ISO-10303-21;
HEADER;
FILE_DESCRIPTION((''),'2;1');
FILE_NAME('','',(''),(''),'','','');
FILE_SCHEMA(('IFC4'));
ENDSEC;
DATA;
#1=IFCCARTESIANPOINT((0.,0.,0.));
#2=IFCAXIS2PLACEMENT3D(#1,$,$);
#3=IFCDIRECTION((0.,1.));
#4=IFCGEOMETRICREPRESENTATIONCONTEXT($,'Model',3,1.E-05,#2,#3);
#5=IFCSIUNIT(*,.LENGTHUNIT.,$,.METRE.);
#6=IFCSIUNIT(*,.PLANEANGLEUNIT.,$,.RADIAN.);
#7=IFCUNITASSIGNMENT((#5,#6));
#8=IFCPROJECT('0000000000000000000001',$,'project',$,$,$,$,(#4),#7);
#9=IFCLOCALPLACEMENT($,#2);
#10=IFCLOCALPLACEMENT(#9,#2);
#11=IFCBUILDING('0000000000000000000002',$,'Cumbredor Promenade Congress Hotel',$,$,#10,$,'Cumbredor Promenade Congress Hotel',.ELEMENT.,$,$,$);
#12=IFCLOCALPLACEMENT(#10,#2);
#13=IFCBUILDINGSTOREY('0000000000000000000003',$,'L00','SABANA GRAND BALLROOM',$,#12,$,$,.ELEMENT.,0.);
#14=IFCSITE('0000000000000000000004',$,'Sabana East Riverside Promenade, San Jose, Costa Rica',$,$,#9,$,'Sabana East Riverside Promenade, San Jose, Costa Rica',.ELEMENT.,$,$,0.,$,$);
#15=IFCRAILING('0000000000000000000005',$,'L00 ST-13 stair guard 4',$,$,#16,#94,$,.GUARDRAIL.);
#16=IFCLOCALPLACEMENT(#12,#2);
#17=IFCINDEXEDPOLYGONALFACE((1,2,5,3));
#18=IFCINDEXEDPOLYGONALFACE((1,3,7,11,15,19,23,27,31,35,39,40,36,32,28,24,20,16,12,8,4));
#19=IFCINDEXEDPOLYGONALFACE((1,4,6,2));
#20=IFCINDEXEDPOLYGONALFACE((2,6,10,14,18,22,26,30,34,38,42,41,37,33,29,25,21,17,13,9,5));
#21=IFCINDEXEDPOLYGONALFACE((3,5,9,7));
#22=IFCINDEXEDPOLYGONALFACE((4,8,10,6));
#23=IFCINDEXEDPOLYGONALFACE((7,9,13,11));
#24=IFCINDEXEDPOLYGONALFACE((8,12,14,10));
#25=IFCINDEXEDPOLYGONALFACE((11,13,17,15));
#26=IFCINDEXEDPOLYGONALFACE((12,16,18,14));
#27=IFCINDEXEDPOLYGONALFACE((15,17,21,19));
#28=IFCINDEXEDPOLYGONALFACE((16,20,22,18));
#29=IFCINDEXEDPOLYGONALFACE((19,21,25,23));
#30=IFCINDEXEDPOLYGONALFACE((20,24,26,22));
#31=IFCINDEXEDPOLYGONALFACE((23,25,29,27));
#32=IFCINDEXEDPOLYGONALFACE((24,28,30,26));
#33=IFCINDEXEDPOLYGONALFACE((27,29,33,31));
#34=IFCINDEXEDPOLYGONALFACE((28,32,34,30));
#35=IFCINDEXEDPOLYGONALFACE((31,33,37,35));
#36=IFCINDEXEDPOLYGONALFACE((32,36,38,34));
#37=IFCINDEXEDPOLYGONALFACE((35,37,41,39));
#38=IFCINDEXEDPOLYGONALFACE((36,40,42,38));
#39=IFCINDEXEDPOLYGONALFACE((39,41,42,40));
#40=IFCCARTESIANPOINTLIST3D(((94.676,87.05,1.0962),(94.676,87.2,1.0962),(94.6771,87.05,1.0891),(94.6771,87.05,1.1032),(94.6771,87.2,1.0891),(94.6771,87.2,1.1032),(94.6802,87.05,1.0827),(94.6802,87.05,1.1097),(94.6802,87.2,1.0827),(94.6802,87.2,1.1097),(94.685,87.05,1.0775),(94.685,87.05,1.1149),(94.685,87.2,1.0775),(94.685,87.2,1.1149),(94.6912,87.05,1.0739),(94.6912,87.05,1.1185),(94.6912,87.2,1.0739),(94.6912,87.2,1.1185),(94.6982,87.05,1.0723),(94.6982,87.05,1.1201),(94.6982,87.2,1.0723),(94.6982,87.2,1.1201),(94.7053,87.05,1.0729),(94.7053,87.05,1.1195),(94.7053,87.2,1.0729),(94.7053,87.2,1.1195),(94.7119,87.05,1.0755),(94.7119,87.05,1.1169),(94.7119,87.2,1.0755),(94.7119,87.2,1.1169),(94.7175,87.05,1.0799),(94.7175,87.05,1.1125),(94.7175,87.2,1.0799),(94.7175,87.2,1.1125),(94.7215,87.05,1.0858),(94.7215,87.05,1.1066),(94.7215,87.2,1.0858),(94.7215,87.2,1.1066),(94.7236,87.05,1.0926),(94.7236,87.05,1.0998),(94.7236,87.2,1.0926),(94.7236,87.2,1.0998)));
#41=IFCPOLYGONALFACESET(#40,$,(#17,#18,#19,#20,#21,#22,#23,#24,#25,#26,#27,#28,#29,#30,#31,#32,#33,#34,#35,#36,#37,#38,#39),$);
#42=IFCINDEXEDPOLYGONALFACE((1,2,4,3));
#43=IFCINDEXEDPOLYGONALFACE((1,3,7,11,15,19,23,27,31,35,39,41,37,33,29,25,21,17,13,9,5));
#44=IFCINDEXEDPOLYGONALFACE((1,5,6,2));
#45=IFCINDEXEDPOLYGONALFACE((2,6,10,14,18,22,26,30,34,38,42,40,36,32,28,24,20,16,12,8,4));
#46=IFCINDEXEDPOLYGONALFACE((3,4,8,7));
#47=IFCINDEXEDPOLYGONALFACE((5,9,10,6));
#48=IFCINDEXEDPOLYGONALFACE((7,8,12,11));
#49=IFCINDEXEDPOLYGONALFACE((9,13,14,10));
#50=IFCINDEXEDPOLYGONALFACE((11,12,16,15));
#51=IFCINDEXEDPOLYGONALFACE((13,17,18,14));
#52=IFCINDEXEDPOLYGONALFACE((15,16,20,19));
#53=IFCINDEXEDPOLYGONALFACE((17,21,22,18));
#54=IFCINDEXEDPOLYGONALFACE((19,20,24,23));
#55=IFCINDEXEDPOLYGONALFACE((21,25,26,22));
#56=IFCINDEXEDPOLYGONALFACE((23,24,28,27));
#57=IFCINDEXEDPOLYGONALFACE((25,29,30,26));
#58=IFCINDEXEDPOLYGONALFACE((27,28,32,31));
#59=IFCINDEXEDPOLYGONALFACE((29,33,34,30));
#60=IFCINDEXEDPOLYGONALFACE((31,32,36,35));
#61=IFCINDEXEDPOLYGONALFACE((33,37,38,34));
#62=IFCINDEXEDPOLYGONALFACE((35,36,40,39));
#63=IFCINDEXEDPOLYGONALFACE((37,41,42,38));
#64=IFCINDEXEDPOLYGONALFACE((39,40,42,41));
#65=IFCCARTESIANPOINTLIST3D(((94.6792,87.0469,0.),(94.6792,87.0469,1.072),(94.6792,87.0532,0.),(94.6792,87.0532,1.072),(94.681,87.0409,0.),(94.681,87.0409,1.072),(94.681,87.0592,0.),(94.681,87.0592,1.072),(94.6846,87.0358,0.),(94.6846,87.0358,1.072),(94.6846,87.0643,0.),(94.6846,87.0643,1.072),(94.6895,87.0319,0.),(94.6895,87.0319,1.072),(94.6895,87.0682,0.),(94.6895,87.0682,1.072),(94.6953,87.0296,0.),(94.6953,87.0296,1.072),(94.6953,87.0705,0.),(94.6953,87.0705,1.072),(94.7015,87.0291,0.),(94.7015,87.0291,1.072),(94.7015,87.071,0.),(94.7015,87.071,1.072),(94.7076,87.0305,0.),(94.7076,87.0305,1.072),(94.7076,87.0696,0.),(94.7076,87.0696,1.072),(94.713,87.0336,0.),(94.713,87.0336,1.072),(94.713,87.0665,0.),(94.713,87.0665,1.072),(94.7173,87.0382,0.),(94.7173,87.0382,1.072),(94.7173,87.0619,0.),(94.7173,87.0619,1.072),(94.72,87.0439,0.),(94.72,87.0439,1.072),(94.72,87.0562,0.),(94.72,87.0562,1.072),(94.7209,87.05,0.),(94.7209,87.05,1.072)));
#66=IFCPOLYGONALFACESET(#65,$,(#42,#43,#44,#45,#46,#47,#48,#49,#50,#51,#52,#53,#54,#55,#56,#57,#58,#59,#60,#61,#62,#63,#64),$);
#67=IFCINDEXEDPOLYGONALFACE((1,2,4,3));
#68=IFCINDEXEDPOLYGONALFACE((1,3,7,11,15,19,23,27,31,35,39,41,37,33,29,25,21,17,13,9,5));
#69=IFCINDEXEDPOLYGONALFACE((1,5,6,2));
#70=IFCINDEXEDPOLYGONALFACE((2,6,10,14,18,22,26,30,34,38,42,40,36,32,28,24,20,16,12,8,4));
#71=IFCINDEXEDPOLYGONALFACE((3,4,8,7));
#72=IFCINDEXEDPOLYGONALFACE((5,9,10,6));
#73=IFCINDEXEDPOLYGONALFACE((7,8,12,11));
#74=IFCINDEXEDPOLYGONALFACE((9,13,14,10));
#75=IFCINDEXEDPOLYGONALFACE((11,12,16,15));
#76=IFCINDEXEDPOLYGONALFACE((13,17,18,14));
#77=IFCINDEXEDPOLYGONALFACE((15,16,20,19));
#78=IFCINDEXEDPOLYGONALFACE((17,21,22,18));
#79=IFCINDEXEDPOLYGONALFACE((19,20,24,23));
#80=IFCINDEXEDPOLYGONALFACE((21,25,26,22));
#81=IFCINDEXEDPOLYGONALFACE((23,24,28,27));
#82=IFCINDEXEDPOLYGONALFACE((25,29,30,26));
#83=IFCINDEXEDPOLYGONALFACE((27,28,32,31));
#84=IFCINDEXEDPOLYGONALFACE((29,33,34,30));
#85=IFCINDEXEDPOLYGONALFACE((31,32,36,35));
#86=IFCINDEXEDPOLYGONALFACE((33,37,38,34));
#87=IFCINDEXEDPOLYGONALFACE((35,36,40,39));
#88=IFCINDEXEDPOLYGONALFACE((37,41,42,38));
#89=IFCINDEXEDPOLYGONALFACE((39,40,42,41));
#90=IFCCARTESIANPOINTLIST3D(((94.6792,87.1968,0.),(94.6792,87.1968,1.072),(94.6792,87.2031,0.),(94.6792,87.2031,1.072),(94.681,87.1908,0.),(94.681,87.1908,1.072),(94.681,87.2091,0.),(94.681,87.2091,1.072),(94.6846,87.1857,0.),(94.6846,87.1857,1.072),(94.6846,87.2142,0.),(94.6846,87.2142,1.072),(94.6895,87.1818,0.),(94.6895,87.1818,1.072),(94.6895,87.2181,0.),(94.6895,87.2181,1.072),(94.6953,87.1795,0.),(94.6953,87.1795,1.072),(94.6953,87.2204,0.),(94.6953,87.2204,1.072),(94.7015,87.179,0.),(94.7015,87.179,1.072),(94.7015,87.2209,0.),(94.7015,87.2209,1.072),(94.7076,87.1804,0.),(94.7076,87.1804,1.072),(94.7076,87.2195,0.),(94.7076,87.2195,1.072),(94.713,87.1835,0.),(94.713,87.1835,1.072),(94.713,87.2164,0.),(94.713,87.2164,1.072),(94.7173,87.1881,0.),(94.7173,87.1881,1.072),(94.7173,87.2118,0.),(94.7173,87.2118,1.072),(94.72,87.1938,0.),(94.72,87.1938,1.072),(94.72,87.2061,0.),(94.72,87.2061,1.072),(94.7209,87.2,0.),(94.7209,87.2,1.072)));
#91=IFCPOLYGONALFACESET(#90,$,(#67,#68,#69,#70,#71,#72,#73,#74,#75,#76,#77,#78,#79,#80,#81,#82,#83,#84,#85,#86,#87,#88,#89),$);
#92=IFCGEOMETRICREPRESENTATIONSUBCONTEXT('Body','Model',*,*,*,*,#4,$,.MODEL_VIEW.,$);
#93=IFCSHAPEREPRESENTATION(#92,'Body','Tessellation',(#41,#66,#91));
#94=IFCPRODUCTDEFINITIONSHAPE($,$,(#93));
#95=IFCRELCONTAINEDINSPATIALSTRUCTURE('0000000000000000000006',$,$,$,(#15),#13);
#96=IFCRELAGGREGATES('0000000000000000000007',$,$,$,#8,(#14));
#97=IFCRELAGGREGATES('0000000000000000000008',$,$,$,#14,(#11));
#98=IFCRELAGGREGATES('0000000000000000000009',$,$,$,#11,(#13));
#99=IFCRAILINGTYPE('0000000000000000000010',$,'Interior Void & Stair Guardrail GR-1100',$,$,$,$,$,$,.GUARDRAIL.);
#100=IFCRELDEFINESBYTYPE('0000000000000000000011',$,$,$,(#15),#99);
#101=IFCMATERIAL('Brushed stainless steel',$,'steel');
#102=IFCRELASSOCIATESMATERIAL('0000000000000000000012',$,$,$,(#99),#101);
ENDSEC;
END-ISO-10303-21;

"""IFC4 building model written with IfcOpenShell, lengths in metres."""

from ifc_helpers import new_model, si_unit, direction, frame, origin, origin_2d, place, context, subcontext, project, spatial, circle, extrude, material, type_object, element, save


model = new_model("IFC4")

# Units and contexts
model_context = context("Model", 3, precision=1e-05, world=origin(), true_north=direction((0.0, 1.0)))
body_context = subcontext(model_context, "Body", "Model", "MODEL_VIEW")
ifc_project = project(units=[si_unit("LENGTHUNIT", "METRE"), si_unit("PLANEANGLEUNIT", "RADIAN")], contexts=[model_context])

# Site, building, storey
site_placement = place(None, origin())
site = spatial("IfcSite", under=ifc_project, at=site_placement, Name="Sabana East Riverside Promenade, San Jose, Costa Rica", LongName="Sabana East Riverside Promenade, San Jose, Costa Rica", CompositionType="ELEMENT", RefElevation=0.0)
building_placement = place(site_placement, origin())
building = spatial("IfcBuilding", under=site, at=building_placement, Name="Cumbredor Promenade Congress Hotel", LongName="Cumbredor Promenade Congress Hotel", CompositionType="ELEMENT")
storey_placement = place(building_placement, origin())
storey = spatial("IfcBuildingStorey", under=building, at=storey_placement, Name="L00", Description="SABANA GRAND BALLROOM", CompositionType="ELEMENT", Elevation=0.0)

# Railing
ifc_material_1 = material(Name="Brushed stainless steel", Category="steel")
railing_type_1 = type_object("IfcRailingType", Name="Interior Void & Stair Guardrail GR-1100", PredefinedType="GUARDRAIL", material=ifc_material_1)
railing_1_placement = place(storey_placement, frame((94.7, 87.05, 0.0)))
element("IfcRailing", 1, at=railing_1_placement, inside=storey, type_object=railing_type_1, Name="L00 ST-13 stair guard 4", PredefinedType="GUARDRAIL", context=body_context, shape_type="SweptSolid", body=[
    extrude(circle(Radius=0.0239, at=origin_2d()), frame((0.0, 0.0, 1.0962), z_axis=(0.0, 1.0, 0.0), x_axis=(-1.0, 0.0, 0.0)), (0.0, 0.0, 1.0), 0.1499),
    extrude(circle(Radius=0.021, at=origin_2d()), origin(), (0.0, 0.0, 1.0), 1.072),
    extrude(circle(Radius=0.021, at=origin_2d()), frame((0.0, 0.1499, 0.0)), (0.0, 0.0, 1.0), 1.072),
])

save(model, "model.ifc")
